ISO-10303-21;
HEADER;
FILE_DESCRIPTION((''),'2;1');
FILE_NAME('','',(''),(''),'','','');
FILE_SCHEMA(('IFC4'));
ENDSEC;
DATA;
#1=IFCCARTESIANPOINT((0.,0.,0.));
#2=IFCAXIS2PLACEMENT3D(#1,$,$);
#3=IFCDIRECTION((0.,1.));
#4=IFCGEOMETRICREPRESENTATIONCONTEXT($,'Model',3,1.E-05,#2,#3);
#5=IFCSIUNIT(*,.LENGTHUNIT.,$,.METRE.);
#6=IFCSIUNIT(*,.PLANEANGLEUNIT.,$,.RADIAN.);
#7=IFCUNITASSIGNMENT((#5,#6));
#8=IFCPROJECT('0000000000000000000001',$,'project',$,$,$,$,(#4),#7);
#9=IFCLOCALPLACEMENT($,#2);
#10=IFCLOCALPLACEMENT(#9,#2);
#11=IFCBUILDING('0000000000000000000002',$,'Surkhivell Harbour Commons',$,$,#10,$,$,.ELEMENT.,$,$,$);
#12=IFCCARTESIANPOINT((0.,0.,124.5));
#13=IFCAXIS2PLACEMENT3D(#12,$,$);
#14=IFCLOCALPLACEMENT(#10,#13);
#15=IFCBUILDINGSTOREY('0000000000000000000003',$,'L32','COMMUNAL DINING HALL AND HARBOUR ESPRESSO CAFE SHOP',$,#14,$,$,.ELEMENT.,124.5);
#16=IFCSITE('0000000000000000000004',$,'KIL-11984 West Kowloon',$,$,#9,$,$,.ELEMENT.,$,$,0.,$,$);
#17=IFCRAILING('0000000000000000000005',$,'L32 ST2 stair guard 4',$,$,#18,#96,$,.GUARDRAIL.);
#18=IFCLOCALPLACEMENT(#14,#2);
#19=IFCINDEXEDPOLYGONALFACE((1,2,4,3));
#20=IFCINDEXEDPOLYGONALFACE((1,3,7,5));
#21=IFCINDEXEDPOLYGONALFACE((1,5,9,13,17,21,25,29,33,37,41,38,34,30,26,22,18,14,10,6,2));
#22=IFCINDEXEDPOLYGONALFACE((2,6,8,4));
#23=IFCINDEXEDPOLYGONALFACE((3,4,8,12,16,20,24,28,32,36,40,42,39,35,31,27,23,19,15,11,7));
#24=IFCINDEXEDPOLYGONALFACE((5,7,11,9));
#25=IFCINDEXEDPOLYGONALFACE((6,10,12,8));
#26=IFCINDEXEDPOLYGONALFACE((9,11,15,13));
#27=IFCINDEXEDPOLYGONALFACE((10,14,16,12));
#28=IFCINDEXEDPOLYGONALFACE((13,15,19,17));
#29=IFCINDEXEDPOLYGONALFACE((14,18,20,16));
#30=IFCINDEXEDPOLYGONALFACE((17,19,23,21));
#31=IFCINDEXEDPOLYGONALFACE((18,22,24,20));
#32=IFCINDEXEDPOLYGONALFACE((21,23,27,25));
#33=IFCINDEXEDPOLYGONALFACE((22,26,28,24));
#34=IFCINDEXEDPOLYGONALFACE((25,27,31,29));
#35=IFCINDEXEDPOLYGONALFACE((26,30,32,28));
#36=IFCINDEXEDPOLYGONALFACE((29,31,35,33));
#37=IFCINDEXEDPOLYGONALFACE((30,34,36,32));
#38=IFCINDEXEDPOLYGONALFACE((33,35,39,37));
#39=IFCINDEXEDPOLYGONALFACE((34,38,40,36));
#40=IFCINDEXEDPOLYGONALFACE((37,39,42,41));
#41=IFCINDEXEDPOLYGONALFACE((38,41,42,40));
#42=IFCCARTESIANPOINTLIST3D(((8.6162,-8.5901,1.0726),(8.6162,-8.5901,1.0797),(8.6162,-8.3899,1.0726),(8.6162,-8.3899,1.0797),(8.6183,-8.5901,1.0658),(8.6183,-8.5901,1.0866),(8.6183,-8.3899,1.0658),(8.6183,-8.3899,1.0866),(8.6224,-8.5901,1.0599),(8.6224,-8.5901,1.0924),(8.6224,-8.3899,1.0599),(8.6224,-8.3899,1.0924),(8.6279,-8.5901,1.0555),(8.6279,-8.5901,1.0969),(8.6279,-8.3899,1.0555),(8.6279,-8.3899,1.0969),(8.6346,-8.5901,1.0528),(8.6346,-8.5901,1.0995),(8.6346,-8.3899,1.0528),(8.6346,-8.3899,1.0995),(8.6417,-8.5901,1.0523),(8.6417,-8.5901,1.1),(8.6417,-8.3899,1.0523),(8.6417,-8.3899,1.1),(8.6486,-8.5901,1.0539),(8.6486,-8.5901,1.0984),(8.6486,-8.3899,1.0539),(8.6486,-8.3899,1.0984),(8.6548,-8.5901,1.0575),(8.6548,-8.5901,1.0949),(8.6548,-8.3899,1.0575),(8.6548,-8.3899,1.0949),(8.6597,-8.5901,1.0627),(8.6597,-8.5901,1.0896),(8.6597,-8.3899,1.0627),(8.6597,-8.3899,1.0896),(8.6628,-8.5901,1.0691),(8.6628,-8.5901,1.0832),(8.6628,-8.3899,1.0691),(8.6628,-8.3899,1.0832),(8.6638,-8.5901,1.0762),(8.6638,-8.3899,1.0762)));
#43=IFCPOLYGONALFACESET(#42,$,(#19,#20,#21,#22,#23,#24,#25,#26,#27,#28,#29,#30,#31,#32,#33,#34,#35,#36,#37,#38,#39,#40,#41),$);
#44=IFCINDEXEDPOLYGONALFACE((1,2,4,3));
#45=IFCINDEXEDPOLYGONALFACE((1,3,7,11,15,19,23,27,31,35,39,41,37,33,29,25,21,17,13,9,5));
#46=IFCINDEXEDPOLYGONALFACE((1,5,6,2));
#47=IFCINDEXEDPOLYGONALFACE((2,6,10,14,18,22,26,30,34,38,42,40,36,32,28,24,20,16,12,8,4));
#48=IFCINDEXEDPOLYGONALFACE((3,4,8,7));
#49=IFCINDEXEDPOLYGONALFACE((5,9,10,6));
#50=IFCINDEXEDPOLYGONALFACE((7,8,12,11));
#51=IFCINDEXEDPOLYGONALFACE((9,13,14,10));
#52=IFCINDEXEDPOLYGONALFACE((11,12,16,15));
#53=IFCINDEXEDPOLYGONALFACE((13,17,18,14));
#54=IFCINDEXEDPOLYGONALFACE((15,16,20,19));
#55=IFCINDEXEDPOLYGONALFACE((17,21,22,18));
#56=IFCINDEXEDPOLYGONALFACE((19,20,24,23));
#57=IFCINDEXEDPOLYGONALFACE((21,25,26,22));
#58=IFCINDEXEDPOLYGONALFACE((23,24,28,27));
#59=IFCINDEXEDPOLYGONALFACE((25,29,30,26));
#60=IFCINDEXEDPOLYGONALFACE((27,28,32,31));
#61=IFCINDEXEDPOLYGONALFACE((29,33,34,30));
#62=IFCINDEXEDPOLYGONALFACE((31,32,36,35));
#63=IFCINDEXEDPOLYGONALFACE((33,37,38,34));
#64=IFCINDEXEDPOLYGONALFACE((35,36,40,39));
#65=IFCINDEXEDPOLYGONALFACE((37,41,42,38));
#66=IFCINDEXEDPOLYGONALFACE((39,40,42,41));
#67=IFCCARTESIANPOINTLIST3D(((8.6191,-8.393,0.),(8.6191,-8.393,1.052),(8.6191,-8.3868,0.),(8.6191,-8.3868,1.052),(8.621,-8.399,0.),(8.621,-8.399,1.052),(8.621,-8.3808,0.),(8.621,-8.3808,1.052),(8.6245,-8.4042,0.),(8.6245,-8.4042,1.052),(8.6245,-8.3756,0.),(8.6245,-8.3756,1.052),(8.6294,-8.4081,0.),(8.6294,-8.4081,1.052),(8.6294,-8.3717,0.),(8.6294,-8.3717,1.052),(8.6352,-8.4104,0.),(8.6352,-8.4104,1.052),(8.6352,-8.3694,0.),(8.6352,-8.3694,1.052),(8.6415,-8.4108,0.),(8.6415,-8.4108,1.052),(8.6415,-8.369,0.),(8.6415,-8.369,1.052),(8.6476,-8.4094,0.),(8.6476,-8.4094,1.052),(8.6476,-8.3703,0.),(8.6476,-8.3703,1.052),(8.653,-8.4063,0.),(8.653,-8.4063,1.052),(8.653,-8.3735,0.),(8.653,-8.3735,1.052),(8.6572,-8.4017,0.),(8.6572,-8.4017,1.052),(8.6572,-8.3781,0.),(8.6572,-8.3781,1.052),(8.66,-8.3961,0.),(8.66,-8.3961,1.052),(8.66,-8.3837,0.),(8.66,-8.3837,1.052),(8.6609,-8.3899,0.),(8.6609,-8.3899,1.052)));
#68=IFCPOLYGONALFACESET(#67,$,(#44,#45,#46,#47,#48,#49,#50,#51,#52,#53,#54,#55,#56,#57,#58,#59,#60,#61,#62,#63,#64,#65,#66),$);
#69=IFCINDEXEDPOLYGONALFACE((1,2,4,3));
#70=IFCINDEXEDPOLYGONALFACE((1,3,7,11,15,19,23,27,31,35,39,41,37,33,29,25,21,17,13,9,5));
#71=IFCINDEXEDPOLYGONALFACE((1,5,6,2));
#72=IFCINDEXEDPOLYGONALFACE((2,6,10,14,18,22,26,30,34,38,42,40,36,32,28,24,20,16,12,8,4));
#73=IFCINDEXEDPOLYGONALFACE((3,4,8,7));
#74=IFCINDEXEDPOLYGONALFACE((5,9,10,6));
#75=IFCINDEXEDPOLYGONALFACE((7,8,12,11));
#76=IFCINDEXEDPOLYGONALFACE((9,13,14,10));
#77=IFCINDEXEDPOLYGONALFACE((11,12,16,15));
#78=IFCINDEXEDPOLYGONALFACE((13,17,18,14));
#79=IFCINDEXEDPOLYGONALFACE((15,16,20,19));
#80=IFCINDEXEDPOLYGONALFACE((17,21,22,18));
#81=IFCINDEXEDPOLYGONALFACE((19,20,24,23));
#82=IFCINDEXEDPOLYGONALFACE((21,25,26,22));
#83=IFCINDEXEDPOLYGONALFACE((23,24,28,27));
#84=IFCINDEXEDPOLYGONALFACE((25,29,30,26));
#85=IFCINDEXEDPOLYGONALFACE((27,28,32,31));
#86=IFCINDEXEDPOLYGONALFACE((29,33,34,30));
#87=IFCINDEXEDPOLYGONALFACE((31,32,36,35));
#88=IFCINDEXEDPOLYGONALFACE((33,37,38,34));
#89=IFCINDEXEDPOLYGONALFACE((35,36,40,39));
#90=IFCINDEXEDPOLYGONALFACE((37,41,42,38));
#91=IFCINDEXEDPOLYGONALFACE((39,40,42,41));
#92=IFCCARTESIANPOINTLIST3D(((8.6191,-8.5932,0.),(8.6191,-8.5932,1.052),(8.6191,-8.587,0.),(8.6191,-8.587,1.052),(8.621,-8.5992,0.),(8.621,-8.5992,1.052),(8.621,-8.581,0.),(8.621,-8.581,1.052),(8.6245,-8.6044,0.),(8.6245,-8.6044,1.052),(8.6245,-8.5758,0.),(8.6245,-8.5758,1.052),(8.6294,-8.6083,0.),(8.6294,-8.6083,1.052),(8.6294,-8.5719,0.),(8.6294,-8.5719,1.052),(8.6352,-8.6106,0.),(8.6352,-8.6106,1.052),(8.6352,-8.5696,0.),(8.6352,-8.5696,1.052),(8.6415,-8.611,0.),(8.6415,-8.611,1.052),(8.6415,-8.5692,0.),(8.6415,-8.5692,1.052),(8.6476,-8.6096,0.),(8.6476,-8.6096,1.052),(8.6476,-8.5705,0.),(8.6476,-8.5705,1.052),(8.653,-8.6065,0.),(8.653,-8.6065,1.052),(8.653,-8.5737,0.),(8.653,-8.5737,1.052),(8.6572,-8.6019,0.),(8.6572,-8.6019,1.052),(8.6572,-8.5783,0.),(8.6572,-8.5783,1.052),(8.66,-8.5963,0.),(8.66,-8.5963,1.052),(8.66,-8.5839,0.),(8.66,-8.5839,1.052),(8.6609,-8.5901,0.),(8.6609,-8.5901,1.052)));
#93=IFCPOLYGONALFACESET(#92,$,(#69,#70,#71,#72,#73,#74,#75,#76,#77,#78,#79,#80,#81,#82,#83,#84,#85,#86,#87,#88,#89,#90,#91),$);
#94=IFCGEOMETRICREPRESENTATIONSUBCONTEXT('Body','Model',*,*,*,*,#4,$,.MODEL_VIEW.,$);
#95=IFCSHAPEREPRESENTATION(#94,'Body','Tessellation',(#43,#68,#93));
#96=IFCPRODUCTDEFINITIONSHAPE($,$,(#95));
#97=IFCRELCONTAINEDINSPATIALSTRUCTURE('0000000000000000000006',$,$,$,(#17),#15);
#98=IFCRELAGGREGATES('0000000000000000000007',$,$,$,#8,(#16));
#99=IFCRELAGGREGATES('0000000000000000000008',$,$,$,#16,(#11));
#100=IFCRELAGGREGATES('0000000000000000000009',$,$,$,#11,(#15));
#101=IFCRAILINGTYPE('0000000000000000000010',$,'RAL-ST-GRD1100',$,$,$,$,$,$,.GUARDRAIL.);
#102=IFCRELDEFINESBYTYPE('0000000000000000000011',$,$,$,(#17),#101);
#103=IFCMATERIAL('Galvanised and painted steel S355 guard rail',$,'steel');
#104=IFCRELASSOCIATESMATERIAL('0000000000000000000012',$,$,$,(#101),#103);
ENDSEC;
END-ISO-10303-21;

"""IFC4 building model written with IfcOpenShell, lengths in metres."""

from ifc_helpers import new_model, si_unit, direction, frame, origin, origin_2d, place, context, subcontext, project, spatial, circle, extrude, material, type_object, element, save


model = new_model("IFC4")

# Units and contexts
model_context = context("Model", 3, precision=1e-05, world=origin(), true_north=direction((0.0, 1.0)))
body_context = subcontext(model_context, "Body", "Model", "MODEL_VIEW")
ifc_project = project(units=[si_unit("LENGTHUNIT", "METRE"), si_unit("PLANEANGLEUNIT", "RADIAN")], contexts=[model_context])

# Site, building, storey
site_placement = place(None, origin())
site = spatial("IfcSite", under=ifc_project, at=site_placement, Name="KIL-11984 West Kowloon", CompositionType="ELEMENT", RefElevation=0.0)
building_placement = place(site_placement, origin())
building = spatial("IfcBuilding", under=site, at=building_placement, Name="Surkhivell Harbour Commons", CompositionType="ELEMENT")
storey_placement = place(building_placement, frame((0.0, 0.0, 124.5)))
storey = spatial("IfcBuildingStorey", under=building, at=storey_placement, Name="L32", Description="COMMUNAL DINING HALL AND HARBOUR ESPRESSO CAFE SHOP", CompositionType="ELEMENT", Elevation=124.5)

# Railing
ifc_material_1 = material(Name="Galvanised and painted steel S355 guard rail", Category="steel")
railing_type = type_object("IfcRailingType", Name="RAL-ST-GRD1100", PredefinedType="GUARDRAIL", material=ifc_material_1)
railing_1_placement = place(storey_placement, frame((8.6399, -8.3899, 0.0)))
element("IfcRailing", 1, at=railing_1_placement, inside=storey, type_object=railing_type, Name="L32 ST2 stair guard 4", PredefinedType="GUARDRAIL", context=body_context, shape_type="SweptSolid", body=[
    extrude(circle(Radius=0.0239, at=origin_2d()), frame((0.0, 0.0, 1.0762), z_axis=(0.0, -1.0, 0.0), x_axis=(1.0, 0.0, 0.0)), (0.0, 0.0, 1.0), 0.2002),
    extrude(circle(Radius=0.021, at=origin_2d()), origin(), (0.0, 0.0, 1.0), 1.052),
    extrude(circle(Radius=0.021, at=origin_2d()), frame((0.0, -0.2002, 0.0)), (0.0, 0.0, 1.0), 1.052),
])

save(model, "model.ifc")
